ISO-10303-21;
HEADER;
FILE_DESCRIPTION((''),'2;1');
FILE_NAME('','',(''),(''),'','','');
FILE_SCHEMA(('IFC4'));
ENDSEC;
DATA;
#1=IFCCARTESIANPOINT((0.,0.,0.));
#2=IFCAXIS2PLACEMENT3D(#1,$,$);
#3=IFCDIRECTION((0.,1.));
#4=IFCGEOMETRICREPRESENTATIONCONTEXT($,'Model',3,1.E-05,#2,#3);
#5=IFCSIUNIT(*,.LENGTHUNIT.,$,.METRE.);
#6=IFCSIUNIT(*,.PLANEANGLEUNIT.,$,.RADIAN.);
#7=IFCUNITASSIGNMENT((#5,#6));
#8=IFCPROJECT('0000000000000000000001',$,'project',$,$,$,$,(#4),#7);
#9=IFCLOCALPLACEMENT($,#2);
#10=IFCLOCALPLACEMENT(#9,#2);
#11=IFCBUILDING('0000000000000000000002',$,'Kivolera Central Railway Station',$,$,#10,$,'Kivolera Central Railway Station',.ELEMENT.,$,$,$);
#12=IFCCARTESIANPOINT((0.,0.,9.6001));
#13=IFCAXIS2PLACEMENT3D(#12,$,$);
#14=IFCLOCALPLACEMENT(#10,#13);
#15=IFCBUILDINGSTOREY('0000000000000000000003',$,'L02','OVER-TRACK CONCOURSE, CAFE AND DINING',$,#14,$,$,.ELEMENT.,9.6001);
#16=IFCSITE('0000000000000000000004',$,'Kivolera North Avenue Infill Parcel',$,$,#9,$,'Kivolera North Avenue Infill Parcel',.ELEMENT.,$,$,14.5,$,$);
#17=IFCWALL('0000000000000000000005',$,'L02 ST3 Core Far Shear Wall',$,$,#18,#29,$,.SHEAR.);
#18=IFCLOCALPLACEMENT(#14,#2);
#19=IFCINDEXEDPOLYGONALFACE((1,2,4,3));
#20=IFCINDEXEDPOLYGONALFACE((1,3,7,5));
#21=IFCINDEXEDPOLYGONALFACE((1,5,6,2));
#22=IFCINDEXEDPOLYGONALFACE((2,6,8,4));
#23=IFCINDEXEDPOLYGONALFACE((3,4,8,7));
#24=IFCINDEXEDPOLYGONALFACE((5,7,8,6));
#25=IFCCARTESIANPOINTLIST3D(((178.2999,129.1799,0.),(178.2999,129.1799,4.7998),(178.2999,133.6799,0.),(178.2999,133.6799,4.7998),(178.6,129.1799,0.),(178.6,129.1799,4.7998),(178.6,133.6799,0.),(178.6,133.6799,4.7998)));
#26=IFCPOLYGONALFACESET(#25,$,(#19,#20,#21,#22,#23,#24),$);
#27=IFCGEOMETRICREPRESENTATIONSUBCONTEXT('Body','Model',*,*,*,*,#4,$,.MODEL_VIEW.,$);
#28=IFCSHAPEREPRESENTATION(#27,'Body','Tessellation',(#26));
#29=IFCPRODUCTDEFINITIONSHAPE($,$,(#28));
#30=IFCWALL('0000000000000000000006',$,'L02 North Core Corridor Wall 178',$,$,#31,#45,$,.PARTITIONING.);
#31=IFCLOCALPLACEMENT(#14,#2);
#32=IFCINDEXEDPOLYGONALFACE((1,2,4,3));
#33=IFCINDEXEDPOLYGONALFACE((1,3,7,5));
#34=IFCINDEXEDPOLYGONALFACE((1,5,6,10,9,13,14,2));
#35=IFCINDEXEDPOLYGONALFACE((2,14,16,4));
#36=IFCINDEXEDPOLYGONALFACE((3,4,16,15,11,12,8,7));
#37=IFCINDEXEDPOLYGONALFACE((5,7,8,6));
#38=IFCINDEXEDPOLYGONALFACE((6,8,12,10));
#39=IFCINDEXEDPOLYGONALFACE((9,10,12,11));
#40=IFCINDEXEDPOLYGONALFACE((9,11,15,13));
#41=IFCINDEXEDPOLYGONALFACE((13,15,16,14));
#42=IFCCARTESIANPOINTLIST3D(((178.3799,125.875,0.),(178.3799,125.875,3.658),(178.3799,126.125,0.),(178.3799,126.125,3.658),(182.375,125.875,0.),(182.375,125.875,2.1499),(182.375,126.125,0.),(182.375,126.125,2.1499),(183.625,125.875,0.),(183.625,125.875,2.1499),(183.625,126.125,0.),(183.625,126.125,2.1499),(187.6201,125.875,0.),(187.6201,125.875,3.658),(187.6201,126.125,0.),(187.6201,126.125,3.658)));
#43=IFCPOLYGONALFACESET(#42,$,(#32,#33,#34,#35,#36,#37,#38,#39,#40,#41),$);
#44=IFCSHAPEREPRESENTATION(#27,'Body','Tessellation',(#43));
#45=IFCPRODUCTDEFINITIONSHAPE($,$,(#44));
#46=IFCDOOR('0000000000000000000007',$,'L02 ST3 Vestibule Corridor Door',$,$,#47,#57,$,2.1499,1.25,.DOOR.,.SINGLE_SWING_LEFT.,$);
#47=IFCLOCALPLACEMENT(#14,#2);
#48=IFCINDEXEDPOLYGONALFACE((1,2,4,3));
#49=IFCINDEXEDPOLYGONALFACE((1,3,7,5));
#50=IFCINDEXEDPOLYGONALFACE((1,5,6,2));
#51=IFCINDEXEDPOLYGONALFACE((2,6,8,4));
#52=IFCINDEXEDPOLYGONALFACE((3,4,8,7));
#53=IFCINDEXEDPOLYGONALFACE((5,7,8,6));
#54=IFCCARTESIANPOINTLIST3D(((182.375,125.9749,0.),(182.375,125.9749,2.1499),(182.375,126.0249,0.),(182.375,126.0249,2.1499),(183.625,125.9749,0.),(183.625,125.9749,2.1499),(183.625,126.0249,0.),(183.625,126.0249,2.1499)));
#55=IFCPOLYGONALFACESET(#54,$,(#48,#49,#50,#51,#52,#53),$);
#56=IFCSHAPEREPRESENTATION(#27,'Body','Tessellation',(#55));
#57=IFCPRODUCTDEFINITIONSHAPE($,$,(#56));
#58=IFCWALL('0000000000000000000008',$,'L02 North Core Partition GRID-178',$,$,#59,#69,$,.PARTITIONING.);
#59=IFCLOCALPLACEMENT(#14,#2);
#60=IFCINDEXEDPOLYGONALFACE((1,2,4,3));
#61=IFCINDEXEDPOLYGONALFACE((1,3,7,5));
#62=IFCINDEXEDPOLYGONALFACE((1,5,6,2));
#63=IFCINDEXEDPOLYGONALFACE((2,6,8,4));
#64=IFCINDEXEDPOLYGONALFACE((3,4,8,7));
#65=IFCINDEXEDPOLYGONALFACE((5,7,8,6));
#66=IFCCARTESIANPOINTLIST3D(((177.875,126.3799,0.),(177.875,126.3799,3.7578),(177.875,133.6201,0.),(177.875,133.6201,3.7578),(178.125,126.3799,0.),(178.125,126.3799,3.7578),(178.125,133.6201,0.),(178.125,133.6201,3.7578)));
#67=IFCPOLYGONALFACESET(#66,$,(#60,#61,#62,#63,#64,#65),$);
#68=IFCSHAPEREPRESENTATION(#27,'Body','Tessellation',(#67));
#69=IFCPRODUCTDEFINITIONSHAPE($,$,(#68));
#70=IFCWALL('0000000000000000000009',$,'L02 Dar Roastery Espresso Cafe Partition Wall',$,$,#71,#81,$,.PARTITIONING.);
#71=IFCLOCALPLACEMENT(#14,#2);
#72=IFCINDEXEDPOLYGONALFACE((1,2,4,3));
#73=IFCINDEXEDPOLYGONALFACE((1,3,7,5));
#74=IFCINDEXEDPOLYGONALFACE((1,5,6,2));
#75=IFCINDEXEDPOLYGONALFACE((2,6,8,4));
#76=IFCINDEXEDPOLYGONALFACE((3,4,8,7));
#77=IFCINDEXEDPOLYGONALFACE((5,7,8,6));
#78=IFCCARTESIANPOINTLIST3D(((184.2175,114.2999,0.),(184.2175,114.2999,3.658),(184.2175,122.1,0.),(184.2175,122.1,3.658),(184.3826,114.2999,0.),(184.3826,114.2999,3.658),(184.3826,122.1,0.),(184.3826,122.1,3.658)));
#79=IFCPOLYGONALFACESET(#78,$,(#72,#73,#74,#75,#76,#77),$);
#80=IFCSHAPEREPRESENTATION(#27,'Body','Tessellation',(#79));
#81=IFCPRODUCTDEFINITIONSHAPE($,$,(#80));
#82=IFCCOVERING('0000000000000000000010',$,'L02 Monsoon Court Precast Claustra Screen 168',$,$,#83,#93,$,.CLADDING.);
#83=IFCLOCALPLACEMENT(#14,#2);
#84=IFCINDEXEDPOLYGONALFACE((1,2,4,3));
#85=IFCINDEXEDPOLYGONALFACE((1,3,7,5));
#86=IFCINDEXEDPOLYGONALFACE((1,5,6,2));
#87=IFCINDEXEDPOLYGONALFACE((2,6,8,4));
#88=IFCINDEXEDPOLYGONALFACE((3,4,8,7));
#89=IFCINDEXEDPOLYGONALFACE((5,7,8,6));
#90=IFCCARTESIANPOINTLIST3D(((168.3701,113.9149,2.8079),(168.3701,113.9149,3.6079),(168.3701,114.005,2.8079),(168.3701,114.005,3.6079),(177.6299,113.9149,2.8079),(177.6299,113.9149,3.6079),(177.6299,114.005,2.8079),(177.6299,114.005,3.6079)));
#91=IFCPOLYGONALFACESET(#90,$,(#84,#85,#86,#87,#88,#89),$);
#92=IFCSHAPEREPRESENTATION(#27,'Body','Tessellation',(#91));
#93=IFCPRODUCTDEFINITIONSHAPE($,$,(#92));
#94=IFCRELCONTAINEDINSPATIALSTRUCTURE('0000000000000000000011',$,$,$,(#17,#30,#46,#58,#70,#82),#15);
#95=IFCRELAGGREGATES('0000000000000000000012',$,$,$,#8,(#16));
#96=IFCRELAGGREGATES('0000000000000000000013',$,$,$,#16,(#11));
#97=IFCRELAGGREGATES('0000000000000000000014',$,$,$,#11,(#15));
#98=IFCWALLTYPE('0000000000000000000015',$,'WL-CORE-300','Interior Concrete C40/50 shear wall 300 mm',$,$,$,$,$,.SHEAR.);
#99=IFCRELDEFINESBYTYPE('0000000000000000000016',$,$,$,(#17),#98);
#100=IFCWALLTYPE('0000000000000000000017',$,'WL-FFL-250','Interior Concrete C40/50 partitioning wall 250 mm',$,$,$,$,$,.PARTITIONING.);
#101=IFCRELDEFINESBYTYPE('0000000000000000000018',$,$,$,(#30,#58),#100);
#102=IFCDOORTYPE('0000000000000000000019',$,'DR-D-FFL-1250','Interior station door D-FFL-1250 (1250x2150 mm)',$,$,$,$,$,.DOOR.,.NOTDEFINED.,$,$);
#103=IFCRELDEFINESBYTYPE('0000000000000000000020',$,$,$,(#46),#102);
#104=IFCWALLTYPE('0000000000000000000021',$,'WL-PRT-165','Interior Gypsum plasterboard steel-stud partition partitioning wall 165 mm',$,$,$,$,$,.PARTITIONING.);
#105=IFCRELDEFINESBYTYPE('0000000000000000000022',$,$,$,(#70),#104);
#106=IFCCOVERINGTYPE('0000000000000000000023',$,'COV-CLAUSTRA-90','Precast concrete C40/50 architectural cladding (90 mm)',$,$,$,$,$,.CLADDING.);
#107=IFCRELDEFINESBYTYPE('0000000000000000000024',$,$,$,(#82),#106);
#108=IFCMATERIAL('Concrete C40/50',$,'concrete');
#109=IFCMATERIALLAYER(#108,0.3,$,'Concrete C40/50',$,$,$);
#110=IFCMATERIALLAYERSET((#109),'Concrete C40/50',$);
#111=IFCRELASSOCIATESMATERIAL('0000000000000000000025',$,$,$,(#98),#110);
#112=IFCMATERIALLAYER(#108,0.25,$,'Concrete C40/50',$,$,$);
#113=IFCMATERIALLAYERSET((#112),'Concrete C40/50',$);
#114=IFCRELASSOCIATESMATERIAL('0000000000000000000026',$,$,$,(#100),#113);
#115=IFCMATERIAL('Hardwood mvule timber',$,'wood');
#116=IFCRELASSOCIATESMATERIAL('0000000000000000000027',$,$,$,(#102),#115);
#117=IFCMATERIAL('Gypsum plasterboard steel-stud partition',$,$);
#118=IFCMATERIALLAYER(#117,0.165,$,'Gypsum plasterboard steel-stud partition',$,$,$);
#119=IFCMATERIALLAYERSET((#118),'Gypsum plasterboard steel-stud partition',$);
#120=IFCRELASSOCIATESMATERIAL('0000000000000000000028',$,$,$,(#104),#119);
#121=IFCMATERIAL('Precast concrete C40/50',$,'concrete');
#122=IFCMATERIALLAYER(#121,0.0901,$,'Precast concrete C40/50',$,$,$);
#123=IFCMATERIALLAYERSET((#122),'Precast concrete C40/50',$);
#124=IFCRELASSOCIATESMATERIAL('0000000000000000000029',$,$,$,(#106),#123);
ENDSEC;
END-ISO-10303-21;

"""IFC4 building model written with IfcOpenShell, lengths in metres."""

from ifc_helpers import new_model, si_unit, direction, frame, frame_2d, origin, place, context, subcontext, project, spatial, rectangle, extrude, material, layer, layer_set, type_object, element, fill, save


model = new_model("IFC4")

# Units and contexts
model_context = context("Model", 3, precision=1e-05, world=origin(), true_north=direction((0.0, 1.0)))
body_context = subcontext(model_context, "Body", "Model", "MODEL_VIEW")
ifc_project = project(units=[si_unit("LENGTHUNIT", "METRE"), si_unit("PLANEANGLEUNIT", "RADIAN")], contexts=[model_context])

# Site, building, storey
site_placement = place(None, origin())
site = spatial("IfcSite", under=ifc_project, at=site_placement, Name="Kivolera North Avenue Infill Parcel", LongName="Kivolera North Avenue Infill Parcel", CompositionType="ELEMENT", RefElevation=14.5)
building_placement = place(site_placement, origin())
building = spatial("IfcBuilding", under=site, at=building_placement, Name="Kivolera Central Railway Station", LongName="Kivolera Central Railway Station", CompositionType="ELEMENT")
storey_placement = place(building_placement, frame((0.0, 0.0, 9.6001)))
storey = spatial("IfcBuildingStorey", under=building, at=storey_placement, Name="L02", Description="OVER-TRACK CONCOURSE, CAFE AND DINING", CompositionType="ELEMENT", Elevation=9.6001)

# Shared definitions
ifc_material_1 = material(Name="Concrete C40/50", Category="concrete")

# Shared definitions
ifc_layer_1 = layer(ifc_material_1, 0.3, Name="Concrete C40/50")
ifc_layer_set_1 = layer_set([ifc_layer_1], Name="Concrete C40/50")
wall_type_1 = type_object("IfcWallType", Name="WL-CORE-300", Description="Interior Concrete C40/50 shear wall 300 mm", PredefinedType="SHEAR", material=ifc_layer_set_1)
ifc_material_2 = material(Name="Hardwood mvule timber", Category="wood")

# Wall
wall_1_placement = place(storey_placement, frame((178.45, 129.1799, 0.0), z_axis=(0.0, 0.0, 1.0), x_axis=(0.0, 1.0, 0.0)))
element("IfcWall", 1, at=wall_1_placement, inside=storey, type_object=wall_type_1, Name="L02 ST3 Core Far Shear Wall", PredefinedType="SHEAR", context=body_context, shape_type="SweptSolid", body=[
    extrude(rectangle(XDim=4.5, YDim=0.3, at=frame_2d((2.25, 0.0))), origin(), (0.0, 0.0, 1.0), 4.7998),
])

# Wall, opening, door
ifc_layer_2 = layer(ifc_material_1, 0.25, Name="Concrete C40/50")
ifc_layer_set_2 = layer_set([ifc_layer_2], Name="Concrete C40/50")
wall_type_2 = type_object("IfcWallType", Name="WL-FFL-250", Description="Interior Concrete C40/50 partitioning wall 250 mm", PredefinedType="PARTITIONING", material=ifc_layer_set_2)
wall_2_placement = place(storey_placement, frame((178.3799, 126.0, 0.0), z_axis=(0.0, 0.0, 1.0), x_axis=(1.0, 0.0, 0.0)))
wall_2 = element("IfcWall", 2, at=wall_2_placement, inside=storey, type_object=wall_type_2, Name="L02 North Core Corridor Wall 178", PredefinedType="PARTITIONING", context=body_context, shape_type="SweptSolid", body=[
    extrude(rectangle(XDim=9.2402, YDim=0.25, at=frame_2d((4.6201, 0.0))), origin(), (0.0, 0.0, 1.0), 3.658),
])
opening_1_placement = place(wall_2_placement, frame((3.9951, 0.0, 0.0)))
opening_1 = element("IfcOpeningElement", 3, at=opening_1_placement, cuts=wall_2, PredefinedType="OPENING", context=body_context, shape_type="SweptSolid", body=[
    extrude(rectangle(XDim=1.25, YDim=2.1499, at=frame_2d((0.625, 1.075))), frame((0.0, 0.135, 0.0), z_axis=(0.0, -1.0, 0.0), x_axis=(1.0, 0.0, 0.0)), (0.0, 0.0, 1.0), 0.27),
])
door_type_1 = type_object("IfcDoorType", Name="DR-D-FFL-1250", Description="Interior station door D-FFL-1250 (1250x2150 mm)", OperationType="NOTDEFINED", PredefinedType="DOOR", material=ifc_material_2)
door_1_placement = place(opening_1_placement, origin())
door_1 = element("IfcDoor", 4, at=door_1_placement, inside=storey, type_object=door_type_1, Name="L02 ST3 Vestibule Corridor Door", OperationType="SINGLE_SWING_LEFT", OverallHeight=2.1499, OverallWidth=1.25, PredefinedType="DOOR", context=body_context, shape_type="SweptSolid", body=[
    extrude(rectangle(XDim=1.25, YDim=2.1499, at=frame_2d((0.625, 1.075))), frame((0.0, 0.0249, 0.0), z_axis=(0.0, -1.0, 0.0), x_axis=(1.0, 0.0, 0.0)), (0.0, 0.0, 1.0), 0.05),
])
fill(opening_1, door_1)

# Walls
wall_3_placement = place(storey_placement, frame((178.0, 126.3799, 0.0), z_axis=(0.0, 0.0, 1.0), x_axis=(0.0, 1.0, 0.0)))
element("IfcWall", 5, at=wall_3_placement, inside=storey, type_object=wall_type_2, Name="L02 North Core Partition GRID-178", PredefinedType="PARTITIONING", context=body_context, shape_type="SweptSolid", body=[
    extrude(rectangle(XDim=7.2402, YDim=0.25, at=frame_2d((3.6201, 0.0))), origin(), (0.0, 0.0, 1.0), 3.7578),
])
ifc_material_3 = material(Name="Gypsum plasterboard steel-stud partition")
ifc_layer_3 = layer(ifc_material_3, 0.165, Name="Gypsum plasterboard steel-stud partition")
ifc_layer_set_3 = layer_set([ifc_layer_3], Name="Gypsum plasterboard steel-stud partition")
wall_type_3 = type_object("IfcWallType", Name="WL-PRT-165", Description="Interior Gypsum plasterboard steel-stud partition partitioning wall 165 mm", PredefinedType="PARTITIONING", material=ifc_layer_set_3)
wall_4_placement = place(storey_placement, frame((184.3, 114.3, 0.0), z_axis=(0.0, 0.0, 1.0), x_axis=(0.0, 1.0, 0.0)))
element("IfcWall", 6, at=wall_4_placement, inside=storey, type_object=wall_type_3, Name="L02 Dar Roastery Espresso Cafe Partition Wall", PredefinedType="PARTITIONING", context=body_context, shape_type="SweptSolid", body=[
    extrude(rectangle(XDim=7.8, YDim=0.165, at=frame_2d((3.8999, 0.0))), origin(), (0.0, 0.0, 1.0), 3.658),
])

# Covering
ifc_material_4 = material(Name="Precast concrete C40/50", Category="concrete")
ifc_layer_4 = layer(ifc_material_4, 0.0901, Name="Precast concrete C40/50")
ifc_layer_set_4 = layer_set([ifc_layer_4], Name="Precast concrete C40/50")
covering_type = type_object("IfcCoveringType", Name="COV-CLAUSTRA-90", Description="Precast concrete C40/50 architectural cladding (90 mm)", PredefinedType="CLADDING", material=ifc_layer_set_4)
covering_placement = place(storey_placement, frame((177.6299, 113.96, 2.8079), z_axis=(0.0, 0.0, 1.0), x_axis=(-1.0, 0.0, 0.0)))
element("IfcCovering", 7, at=covering_placement, inside=storey, type_object=covering_type, Name="L02 Monsoon Court Precast Claustra Screen 168", PredefinedType="CLADDING", context=body_context, shape_type="SweptSolid", body=[
    extrude(rectangle(XDim=9.2598, YDim=0.0901, at=frame_2d((4.6299, 0.0))), origin(), (0.0, 0.0, 1.0), 0.8),
])

save(model, "model.ifc")
